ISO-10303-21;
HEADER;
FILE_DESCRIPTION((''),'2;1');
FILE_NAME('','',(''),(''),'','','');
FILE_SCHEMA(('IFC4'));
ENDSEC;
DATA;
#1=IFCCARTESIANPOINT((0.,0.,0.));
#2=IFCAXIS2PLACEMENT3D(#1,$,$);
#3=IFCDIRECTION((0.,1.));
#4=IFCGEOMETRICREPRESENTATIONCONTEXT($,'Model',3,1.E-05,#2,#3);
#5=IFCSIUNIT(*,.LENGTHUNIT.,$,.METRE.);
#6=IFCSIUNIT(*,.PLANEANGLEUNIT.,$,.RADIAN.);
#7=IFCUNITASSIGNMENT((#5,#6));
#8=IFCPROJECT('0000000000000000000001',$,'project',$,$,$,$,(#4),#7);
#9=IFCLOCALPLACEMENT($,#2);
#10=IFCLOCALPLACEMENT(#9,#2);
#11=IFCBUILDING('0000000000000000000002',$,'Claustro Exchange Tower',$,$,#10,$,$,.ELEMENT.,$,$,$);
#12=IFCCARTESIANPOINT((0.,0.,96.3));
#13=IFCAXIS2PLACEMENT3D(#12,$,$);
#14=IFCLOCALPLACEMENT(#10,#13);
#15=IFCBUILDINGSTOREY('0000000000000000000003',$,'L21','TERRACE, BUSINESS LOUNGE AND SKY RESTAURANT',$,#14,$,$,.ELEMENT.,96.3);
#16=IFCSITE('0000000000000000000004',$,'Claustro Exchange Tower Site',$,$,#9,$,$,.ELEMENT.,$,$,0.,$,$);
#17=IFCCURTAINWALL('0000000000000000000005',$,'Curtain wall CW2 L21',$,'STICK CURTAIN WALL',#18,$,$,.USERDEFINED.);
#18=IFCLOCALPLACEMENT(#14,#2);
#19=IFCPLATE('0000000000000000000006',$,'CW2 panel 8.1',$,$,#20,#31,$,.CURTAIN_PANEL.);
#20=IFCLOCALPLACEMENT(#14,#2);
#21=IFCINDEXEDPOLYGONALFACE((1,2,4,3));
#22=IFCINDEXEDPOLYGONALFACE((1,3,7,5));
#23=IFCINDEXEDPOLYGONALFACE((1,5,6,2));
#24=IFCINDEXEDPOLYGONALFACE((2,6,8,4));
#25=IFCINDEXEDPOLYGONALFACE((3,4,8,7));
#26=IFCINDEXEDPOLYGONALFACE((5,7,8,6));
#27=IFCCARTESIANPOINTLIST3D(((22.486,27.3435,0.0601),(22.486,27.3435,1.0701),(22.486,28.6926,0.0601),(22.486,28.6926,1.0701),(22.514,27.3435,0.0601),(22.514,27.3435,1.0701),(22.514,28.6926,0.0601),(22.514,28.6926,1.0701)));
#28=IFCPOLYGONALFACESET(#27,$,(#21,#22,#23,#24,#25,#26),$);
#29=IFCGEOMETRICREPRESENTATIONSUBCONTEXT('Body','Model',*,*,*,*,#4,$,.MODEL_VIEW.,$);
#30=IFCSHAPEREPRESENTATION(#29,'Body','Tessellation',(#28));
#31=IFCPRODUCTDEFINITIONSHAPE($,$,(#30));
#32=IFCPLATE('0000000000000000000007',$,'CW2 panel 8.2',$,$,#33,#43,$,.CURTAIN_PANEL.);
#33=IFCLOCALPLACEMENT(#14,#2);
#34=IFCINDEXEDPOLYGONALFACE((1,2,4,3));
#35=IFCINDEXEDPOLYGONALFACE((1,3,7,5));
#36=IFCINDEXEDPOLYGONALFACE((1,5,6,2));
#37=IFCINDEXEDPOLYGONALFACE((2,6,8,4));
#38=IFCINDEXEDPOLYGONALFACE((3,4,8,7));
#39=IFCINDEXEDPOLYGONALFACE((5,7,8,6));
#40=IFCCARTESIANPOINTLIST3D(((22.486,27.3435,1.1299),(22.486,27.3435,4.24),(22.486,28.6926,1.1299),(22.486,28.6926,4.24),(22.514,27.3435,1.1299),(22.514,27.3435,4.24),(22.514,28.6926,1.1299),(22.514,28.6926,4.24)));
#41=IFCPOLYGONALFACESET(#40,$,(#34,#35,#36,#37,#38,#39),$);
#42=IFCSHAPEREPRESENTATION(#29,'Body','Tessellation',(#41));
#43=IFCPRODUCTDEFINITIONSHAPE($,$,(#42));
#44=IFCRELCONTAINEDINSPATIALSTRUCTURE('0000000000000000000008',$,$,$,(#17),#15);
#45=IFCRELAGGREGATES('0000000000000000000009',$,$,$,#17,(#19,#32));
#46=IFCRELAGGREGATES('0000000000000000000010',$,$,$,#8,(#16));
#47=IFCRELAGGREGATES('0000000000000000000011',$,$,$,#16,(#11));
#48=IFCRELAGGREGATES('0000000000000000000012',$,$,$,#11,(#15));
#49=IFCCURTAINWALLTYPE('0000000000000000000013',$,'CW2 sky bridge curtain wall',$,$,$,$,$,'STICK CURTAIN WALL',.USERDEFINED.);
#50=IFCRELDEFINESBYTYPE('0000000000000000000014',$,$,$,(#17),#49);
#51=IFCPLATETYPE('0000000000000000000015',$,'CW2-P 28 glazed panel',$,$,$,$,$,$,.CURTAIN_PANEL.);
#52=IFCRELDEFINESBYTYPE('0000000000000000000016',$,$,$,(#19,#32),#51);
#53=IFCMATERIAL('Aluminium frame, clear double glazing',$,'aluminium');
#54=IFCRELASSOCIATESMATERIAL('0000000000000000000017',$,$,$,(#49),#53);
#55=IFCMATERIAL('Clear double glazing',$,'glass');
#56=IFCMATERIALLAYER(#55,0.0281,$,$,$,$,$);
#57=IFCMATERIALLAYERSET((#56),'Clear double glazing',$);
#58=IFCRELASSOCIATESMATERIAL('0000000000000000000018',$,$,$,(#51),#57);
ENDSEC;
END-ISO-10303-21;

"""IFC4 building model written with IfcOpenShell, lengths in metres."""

from ifc_helpers import new_model, si_unit, direction, frame, origin, origin_2d, place, context, subcontext, project, spatial, rectangle, extrude, material, layer, layer_set, type_object, element, aggregate, save


model = new_model("IFC4")

# Units and contexts
model_context = context("Model", 3, precision=1e-05, world=origin(), true_north=direction((0.0, 1.0)))
body_context = subcontext(model_context, "Body", "Model", "MODEL_VIEW")
ifc_project = project(units=[si_unit("LENGTHUNIT", "METRE"), si_unit("PLANEANGLEUNIT", "RADIAN")], contexts=[model_context])

# Site, building, storey
site_placement = place(None, origin())
site = spatial("IfcSite", under=ifc_project, at=site_placement, Name="Claustro Exchange Tower Site", CompositionType="ELEMENT", RefElevation=0.0)
building_placement = place(site_placement, origin())
building = spatial("IfcBuilding", under=site, at=building_placement, Name="Claustro Exchange Tower", CompositionType="ELEMENT")
storey_placement = place(building_placement, frame((0.0, 0.0, 96.3)))
storey = spatial("IfcBuildingStorey", under=building, at=storey_placement, Name="L21", Description="TERRACE, BUSINESS LOUNGE AND SKY RESTAURANT", CompositionType="ELEMENT", Elevation=96.3)

# Curtain wall, plates
ifc_material_1 = material(Name="Aluminium frame, clear double glazing", Category="aluminium")
curtain_wall_type = type_object("IfcCurtainWallType", Name="CW2 sky bridge curtain wall", ElementType="STICK CURTAIN WALL", PredefinedType="USERDEFINED", material=ifc_material_1)
curtain_wall_placement = place(storey_placement, origin())
curtain_wall = element("IfcCurtainWall", 1, at=curtain_wall_placement, inside=storey, type_object=curtain_wall_type, Name="Curtain wall CW2 L21", ObjectType="STICK CURTAIN WALL", PredefinedType="USERDEFINED")
ifc_material_2 = material(Name="Clear double glazing", Category="glass")
ifc_layer = layer(ifc_material_2, 0.0281)
ifc_layer_set = layer_set([ifc_layer], Name="Clear double glazing")
plate_type = type_object("IfcPlateType", Name="CW2-P 28 glazed panel", PredefinedType="CURTAIN_PANEL", material=ifc_layer_set)
plate_1_placement = place(storey_placement, frame((22.5, 28.0181, 0.0601), z_axis=(0.0, 0.0, 1.0), x_axis=(0.0, 1.0, 0.0)))
plate_1 = element("IfcPlate", 2, at=plate_1_placement, type_object=plate_type, Name="CW2 panel 8.1", PredefinedType="CURTAIN_PANEL", context=body_context, shape_type="SweptSolid", body=[
    extrude(rectangle(XDim=1.3491, YDim=0.0281, at=origin_2d()), origin(), (0.0, 0.0, 1.0), 1.01),
])
plate_2_placement = place(storey_placement, frame((22.5, 28.0181, 1.1299), z_axis=(0.0, 0.0, 1.0), x_axis=(0.0, 1.0, 0.0)))
plate_2 = element("IfcPlate", 3, at=plate_2_placement, type_object=plate_type, Name="CW2 panel 8.2", PredefinedType="CURTAIN_PANEL", context=body_context, shape_type="SweptSolid", body=[
    extrude(rectangle(XDim=1.3491, YDim=0.0281, at=origin_2d()), origin(), (0.0, 0.0, 1.0), 3.1101),
])
aggregate(curtain_wall, [plate_1, plate_2])

save(model, "model.ifc")
